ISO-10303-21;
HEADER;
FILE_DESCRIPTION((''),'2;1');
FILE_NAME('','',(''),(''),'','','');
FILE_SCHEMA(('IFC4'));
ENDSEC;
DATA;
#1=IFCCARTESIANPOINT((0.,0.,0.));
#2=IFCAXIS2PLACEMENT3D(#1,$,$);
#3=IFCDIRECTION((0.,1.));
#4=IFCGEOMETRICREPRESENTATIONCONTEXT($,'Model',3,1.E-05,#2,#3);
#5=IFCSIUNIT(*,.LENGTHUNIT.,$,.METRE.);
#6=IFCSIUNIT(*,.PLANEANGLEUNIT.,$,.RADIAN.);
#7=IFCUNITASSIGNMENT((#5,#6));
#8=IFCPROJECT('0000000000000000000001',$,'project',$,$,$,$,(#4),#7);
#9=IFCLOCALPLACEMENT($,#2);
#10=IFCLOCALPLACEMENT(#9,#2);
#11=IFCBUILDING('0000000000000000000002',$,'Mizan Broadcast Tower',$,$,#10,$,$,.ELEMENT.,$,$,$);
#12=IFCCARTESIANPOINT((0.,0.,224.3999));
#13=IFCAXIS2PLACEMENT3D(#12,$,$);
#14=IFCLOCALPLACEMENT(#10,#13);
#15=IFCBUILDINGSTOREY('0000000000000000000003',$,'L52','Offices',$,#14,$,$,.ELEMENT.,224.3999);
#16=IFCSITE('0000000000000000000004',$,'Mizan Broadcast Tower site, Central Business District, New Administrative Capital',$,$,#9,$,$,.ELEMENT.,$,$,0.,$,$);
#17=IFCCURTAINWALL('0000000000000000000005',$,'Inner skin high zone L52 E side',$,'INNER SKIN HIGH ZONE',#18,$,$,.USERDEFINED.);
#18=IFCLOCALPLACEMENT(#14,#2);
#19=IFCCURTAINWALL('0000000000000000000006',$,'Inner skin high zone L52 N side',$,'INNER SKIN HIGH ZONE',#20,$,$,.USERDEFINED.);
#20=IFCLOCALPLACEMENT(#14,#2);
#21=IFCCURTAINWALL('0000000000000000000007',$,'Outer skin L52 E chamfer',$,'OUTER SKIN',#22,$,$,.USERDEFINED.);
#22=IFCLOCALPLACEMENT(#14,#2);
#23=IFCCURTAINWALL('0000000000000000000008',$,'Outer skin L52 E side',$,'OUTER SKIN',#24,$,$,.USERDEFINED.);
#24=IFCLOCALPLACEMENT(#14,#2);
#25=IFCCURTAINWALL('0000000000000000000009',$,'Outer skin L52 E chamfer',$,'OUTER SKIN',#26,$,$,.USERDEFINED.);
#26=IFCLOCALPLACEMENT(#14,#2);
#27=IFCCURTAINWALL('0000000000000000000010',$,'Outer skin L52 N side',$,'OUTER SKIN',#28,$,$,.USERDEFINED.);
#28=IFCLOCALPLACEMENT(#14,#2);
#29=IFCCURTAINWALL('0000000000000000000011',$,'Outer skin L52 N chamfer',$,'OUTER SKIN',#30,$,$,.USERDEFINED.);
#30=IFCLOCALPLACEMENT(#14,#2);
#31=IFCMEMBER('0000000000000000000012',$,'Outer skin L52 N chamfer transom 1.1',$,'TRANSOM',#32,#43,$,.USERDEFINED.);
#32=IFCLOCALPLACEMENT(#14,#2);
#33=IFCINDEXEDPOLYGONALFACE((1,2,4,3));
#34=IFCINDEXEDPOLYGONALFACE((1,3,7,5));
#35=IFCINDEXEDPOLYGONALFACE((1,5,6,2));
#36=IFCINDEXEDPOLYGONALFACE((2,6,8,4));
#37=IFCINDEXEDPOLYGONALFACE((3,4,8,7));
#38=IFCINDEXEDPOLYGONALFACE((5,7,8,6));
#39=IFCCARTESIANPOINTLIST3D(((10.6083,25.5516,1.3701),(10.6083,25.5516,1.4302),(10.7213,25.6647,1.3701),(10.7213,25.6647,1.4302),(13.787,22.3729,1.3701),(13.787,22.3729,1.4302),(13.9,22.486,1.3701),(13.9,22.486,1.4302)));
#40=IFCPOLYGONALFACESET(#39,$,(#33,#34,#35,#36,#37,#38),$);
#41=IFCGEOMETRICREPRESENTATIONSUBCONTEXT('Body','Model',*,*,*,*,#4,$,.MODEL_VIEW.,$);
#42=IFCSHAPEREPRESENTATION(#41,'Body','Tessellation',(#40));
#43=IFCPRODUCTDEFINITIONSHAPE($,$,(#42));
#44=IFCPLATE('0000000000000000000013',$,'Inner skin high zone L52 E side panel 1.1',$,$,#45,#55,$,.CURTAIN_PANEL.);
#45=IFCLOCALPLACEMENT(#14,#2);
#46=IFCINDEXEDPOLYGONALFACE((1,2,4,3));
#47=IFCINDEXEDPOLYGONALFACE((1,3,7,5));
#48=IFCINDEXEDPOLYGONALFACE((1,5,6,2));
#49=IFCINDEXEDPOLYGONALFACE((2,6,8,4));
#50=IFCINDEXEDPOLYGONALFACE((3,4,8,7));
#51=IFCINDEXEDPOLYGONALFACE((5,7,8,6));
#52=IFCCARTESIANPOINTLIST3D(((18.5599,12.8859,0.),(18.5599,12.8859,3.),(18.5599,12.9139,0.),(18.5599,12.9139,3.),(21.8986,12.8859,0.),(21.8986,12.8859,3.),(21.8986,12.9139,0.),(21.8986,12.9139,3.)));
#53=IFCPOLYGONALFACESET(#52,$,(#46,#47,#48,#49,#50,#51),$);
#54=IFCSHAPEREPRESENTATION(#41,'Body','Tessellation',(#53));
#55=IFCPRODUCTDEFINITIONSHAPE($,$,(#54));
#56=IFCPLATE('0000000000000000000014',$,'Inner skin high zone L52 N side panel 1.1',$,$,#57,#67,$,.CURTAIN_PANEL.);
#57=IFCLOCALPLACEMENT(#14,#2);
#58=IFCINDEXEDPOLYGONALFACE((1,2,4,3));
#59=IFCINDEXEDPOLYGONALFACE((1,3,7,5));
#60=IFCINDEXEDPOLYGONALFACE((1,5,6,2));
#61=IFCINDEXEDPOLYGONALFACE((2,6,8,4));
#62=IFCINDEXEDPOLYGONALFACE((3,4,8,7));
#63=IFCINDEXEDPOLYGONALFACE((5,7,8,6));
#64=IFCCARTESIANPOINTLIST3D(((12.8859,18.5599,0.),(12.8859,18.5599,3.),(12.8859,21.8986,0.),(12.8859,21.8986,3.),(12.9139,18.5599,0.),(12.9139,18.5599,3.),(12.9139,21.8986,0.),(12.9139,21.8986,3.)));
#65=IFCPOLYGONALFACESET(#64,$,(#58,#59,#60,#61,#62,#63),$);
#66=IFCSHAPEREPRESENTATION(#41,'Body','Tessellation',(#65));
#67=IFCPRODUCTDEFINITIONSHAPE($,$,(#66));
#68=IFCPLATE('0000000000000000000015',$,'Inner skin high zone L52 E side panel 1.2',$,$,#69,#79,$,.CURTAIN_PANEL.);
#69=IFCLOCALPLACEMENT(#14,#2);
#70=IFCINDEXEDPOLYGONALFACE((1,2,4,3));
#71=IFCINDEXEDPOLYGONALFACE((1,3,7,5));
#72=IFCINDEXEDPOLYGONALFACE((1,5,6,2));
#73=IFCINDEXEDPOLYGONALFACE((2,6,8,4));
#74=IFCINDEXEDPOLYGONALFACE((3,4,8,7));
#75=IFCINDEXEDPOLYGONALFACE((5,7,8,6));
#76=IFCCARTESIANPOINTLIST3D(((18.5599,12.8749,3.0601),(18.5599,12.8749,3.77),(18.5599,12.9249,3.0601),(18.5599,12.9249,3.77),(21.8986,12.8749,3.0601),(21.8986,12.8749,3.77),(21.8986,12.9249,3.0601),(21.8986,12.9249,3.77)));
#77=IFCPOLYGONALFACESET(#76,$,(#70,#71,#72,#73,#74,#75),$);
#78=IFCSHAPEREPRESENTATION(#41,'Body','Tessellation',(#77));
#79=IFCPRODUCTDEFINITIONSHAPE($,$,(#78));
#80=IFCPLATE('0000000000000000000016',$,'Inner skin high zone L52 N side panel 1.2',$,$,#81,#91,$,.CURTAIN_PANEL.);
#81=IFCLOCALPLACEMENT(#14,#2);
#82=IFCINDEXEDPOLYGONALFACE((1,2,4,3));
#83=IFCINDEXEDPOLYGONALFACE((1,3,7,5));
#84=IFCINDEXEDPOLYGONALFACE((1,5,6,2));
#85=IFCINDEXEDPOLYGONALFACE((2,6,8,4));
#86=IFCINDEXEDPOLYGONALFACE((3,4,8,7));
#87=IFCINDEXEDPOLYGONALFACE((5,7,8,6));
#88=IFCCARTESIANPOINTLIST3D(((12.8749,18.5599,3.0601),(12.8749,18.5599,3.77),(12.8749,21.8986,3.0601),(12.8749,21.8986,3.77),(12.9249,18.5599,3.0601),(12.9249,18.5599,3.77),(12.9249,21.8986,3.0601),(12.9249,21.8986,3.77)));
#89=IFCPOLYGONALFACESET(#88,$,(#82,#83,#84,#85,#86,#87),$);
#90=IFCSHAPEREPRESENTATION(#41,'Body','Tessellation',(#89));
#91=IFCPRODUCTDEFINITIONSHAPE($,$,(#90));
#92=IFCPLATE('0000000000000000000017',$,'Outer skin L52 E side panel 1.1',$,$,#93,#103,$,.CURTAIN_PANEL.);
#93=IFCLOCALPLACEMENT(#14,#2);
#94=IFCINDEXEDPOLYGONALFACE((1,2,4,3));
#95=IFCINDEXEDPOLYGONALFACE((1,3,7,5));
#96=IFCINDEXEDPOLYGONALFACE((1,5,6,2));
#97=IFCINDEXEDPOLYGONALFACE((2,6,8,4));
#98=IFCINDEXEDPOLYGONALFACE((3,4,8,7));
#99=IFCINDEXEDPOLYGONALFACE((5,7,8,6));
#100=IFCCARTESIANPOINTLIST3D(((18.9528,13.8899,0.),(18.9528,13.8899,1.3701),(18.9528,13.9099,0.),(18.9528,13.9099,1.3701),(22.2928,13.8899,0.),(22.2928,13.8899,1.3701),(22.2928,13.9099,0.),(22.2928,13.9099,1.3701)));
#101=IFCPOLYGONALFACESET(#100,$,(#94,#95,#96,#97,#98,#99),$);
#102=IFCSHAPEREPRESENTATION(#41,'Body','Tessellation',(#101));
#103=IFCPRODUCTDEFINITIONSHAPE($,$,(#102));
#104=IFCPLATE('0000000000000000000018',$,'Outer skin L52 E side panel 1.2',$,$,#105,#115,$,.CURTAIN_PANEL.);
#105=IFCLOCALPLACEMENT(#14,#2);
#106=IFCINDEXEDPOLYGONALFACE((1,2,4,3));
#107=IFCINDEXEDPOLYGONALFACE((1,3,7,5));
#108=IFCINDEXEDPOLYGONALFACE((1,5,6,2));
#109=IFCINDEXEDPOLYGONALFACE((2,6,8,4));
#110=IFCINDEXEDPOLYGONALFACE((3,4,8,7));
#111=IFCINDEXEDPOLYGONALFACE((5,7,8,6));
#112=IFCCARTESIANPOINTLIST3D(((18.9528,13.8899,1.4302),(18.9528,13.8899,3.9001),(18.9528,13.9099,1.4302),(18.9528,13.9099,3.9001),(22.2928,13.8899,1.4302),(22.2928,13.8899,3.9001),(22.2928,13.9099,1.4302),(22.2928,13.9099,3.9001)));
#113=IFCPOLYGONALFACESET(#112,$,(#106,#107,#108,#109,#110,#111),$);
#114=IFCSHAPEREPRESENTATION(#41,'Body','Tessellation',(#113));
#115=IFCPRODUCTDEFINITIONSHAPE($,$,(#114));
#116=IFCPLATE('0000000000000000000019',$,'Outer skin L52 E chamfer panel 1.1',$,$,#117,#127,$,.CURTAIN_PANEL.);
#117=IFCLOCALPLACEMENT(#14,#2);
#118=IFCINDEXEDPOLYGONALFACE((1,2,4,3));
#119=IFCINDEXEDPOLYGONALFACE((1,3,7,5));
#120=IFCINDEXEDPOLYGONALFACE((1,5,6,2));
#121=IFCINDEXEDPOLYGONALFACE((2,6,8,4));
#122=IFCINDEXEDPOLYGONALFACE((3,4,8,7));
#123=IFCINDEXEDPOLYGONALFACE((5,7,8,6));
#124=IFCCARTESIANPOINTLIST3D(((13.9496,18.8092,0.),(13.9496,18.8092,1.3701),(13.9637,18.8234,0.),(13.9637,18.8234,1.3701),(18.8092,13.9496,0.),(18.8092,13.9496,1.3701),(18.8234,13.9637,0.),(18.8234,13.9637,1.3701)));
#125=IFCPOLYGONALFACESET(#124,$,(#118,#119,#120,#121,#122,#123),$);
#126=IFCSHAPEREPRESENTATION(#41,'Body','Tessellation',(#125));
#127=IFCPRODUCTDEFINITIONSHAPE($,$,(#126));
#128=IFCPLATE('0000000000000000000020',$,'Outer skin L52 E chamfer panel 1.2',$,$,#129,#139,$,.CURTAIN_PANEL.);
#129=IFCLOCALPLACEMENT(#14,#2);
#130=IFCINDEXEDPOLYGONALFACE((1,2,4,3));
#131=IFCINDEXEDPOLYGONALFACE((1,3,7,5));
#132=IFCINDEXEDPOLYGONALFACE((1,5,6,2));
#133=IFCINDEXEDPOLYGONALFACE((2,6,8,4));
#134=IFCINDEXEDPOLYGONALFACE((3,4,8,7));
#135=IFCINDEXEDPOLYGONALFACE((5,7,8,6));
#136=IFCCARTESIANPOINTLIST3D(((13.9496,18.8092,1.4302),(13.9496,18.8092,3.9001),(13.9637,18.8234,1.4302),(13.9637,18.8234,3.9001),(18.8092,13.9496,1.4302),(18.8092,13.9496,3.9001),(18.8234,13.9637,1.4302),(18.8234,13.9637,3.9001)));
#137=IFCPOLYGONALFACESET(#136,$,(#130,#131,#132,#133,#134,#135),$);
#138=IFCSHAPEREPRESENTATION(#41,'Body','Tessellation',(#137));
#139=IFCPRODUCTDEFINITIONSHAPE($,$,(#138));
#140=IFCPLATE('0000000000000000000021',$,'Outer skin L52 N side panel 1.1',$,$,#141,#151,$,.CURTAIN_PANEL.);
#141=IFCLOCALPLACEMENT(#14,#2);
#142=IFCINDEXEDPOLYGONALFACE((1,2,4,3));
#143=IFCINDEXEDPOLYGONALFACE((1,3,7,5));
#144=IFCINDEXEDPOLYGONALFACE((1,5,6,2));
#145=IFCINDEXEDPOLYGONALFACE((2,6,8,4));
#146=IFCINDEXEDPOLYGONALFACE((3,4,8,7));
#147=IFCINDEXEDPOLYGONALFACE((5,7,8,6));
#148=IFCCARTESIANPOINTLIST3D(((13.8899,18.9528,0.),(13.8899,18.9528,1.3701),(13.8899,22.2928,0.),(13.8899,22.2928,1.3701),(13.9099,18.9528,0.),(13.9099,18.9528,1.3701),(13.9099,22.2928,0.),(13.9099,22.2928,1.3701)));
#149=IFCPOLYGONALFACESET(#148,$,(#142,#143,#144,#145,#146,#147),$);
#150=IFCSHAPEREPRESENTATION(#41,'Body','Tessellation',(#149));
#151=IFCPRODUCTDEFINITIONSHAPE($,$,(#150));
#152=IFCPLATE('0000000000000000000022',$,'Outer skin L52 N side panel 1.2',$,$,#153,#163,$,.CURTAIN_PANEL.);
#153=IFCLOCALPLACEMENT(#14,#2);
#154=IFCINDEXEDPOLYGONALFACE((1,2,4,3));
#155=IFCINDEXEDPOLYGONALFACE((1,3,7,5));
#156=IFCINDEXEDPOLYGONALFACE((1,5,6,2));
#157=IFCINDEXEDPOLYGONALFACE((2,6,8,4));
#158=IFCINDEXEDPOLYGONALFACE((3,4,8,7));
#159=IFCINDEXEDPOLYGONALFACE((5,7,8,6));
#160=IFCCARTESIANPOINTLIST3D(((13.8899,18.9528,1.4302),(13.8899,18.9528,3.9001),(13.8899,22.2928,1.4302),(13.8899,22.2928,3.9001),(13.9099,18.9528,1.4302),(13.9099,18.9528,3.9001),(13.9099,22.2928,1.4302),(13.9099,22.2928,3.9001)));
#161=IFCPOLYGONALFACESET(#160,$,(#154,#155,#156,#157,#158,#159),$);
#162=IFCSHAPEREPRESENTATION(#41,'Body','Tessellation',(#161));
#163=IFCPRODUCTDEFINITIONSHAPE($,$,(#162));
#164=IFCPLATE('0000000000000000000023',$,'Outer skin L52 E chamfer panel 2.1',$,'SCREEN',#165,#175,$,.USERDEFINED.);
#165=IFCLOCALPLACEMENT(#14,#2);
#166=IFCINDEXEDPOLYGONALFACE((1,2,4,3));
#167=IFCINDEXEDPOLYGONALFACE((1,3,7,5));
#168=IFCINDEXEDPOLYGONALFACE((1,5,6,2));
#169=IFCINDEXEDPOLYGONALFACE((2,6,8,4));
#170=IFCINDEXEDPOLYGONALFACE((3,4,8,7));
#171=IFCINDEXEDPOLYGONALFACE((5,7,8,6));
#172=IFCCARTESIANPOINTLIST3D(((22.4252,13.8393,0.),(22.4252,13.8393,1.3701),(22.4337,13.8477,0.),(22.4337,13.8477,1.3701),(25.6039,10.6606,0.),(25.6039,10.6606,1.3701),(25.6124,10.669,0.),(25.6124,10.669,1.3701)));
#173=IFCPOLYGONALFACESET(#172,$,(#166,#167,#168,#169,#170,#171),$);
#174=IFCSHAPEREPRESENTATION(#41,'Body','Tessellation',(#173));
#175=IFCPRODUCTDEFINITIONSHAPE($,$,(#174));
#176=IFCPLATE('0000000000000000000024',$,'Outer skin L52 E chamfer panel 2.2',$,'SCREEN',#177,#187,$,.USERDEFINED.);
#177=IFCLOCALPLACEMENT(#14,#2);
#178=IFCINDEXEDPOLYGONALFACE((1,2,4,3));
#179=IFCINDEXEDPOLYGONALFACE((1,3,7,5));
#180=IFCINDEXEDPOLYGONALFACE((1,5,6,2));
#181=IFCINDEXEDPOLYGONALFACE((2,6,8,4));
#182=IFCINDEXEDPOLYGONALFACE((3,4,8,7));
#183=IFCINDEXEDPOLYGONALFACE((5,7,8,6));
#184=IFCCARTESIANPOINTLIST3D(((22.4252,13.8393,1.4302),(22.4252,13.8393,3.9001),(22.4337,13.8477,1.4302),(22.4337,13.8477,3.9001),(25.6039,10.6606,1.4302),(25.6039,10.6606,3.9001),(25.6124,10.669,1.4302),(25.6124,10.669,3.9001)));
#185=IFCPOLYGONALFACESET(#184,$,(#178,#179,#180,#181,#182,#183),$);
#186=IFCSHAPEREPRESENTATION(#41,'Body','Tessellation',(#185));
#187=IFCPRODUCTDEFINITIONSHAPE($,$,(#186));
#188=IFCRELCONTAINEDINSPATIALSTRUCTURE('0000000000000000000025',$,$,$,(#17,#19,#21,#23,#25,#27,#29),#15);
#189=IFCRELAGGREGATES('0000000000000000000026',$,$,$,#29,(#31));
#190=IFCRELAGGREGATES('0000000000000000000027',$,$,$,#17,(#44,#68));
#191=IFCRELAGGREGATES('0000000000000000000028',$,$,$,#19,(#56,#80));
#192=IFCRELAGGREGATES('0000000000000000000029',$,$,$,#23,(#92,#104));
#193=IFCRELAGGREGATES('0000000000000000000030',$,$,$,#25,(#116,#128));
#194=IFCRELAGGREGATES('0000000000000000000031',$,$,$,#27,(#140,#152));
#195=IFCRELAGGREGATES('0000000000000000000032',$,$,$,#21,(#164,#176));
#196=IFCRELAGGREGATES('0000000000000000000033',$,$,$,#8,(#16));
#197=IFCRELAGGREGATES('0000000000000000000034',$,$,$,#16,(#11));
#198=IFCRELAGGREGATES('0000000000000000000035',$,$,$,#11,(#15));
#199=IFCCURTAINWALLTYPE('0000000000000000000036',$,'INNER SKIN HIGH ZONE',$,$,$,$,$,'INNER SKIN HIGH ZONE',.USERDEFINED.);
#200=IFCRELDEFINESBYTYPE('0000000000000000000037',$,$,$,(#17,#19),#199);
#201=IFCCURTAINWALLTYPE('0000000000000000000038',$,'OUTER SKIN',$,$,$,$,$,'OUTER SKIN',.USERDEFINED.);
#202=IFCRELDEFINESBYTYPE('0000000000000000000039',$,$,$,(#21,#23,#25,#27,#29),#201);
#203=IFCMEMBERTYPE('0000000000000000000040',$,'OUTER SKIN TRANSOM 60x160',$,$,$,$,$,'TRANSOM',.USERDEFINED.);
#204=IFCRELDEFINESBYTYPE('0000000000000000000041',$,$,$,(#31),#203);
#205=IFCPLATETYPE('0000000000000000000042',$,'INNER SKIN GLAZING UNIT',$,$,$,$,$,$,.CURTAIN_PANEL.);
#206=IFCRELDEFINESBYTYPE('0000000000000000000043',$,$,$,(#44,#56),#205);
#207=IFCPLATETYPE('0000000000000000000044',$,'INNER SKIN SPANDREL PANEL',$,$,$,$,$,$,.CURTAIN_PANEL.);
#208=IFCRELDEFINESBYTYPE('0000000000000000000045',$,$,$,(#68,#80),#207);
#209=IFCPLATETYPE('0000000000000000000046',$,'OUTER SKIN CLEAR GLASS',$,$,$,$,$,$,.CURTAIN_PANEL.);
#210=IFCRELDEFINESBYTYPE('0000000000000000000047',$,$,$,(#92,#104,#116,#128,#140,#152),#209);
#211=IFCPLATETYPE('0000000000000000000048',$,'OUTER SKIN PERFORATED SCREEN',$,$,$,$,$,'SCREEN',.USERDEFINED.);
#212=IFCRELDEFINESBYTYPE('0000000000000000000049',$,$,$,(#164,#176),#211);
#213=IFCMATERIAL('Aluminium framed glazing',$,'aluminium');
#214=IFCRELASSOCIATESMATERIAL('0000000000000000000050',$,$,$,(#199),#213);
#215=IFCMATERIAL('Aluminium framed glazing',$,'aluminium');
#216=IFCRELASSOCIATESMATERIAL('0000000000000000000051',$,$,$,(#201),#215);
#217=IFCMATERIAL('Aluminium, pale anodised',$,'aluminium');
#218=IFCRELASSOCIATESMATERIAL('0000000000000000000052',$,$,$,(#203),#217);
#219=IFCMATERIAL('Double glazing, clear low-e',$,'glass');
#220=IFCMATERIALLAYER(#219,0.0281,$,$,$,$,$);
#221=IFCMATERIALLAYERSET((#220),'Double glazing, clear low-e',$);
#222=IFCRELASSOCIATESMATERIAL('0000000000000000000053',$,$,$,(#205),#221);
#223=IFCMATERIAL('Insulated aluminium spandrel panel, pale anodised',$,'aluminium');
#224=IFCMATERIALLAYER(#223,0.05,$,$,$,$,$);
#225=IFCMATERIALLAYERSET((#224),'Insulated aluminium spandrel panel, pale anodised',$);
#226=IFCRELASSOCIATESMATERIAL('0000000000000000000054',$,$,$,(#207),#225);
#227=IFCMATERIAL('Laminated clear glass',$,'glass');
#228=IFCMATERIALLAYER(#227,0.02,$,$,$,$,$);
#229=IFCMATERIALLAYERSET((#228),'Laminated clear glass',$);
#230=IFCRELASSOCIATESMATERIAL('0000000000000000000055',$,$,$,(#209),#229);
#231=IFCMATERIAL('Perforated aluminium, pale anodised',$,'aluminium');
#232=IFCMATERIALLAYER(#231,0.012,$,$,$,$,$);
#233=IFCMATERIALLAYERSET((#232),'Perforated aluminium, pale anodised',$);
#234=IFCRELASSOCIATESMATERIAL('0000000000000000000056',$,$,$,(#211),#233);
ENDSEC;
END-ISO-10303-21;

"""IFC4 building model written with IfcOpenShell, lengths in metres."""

from ifc_helpers import new_model, si_unit, direction, frame, origin, origin_2d, place, context, subcontext, project, spatial, rectangle, extrude, material, layer, layer_set, material_profile, profile_set, type_object, element, aggregate, save


model = new_model("IFC4")

# Units and contexts
model_context = context("Model", 3, precision=1e-05, world=origin(), true_north=direction((0.0, 1.0)))
body_context = subcontext(model_context, "Body", "Model", "MODEL_VIEW")
ifc_project = project(units=[si_unit("LENGTHUNIT", "METRE"), si_unit("PLANEANGLEUNIT", "RADIAN")], contexts=[model_context])

# Site, building, storey
site_placement = place(None, origin())
site = spatial("IfcSite", under=ifc_project, at=site_placement, Name="Mizan Broadcast Tower site, Central Business District, New Administrative Capital", CompositionType="ELEMENT", RefElevation=0.0)
building_placement = place(site_placement, origin())
building = spatial("IfcBuilding", under=site, at=building_placement, Name="Mizan Broadcast Tower", CompositionType="ELEMENT")
storey_placement = place(building_placement, frame((0.0, 0.0, 224.3999)))
storey = spatial("IfcBuildingStorey", under=building, at=storey_placement, Name="L52", Description="Offices", CompositionType="ELEMENT", Elevation=224.3999)

# Curtain walls
ifc_material_1 = material(Name="Aluminium framed glazing", Category="aluminium")
curtain_wall_type_1 = type_object("IfcCurtainWallType", Name="INNER SKIN HIGH ZONE", ElementType="INNER SKIN HIGH ZONE", PredefinedType="USERDEFINED", material=ifc_material_1)
curtain_wall_1_placement = place(storey_placement, origin())
curtain_wall_1 = element("IfcCurtainWall", 1, at=curtain_wall_1_placement, inside=storey, type_object=curtain_wall_type_1, Name="Inner skin high zone L52 E side", ObjectType="INNER SKIN HIGH ZONE", PredefinedType="USERDEFINED")
curtain_wall_2_placement = place(storey_placement, origin())
curtain_wall_2 = element("IfcCurtainWall", 2, at=curtain_wall_2_placement, inside=storey, type_object=curtain_wall_type_1, Name="Inner skin high zone L52 N side", ObjectType="INNER SKIN HIGH ZONE", PredefinedType="USERDEFINED")

# Curtain walls
ifc_material_2 = material(Name="Aluminium framed glazing", Category="aluminium")
curtain_wall_type_2 = type_object("IfcCurtainWallType", Name="OUTER SKIN", ElementType="OUTER SKIN", PredefinedType="USERDEFINED", material=ifc_material_2)
curtain_wall_3_placement = place(storey_placement, origin())
curtain_wall_3 = element("IfcCurtainWall", 3, at=curtain_wall_3_placement, inside=storey, type_object=curtain_wall_type_2, Name="Outer skin L52 E chamfer", ObjectType="OUTER SKIN", PredefinedType="USERDEFINED")
curtain_wall_4_placement = place(storey_placement, origin())
curtain_wall_4 = element("IfcCurtainWall", 4, at=curtain_wall_4_placement, inside=storey, type_object=curtain_wall_type_2, Name="Outer skin L52 E side", ObjectType="OUTER SKIN", PredefinedType="USERDEFINED")
curtain_wall_5_placement = place(storey_placement, origin())
curtain_wall_5 = element("IfcCurtainWall", 5, at=curtain_wall_5_placement, inside=storey, type_object=curtain_wall_type_2, Name="Outer skin L52 E chamfer", ObjectType="OUTER SKIN", PredefinedType="USERDEFINED")
curtain_wall_6_placement = place(storey_placement, origin())
curtain_wall_6 = element("IfcCurtainWall", 6, at=curtain_wall_6_placement, inside=storey, type_object=curtain_wall_type_2, Name="Outer skin L52 N side", ObjectType="OUTER SKIN", PredefinedType="USERDEFINED")

# Shared definitions
ifc_material_3 = material(Name="Aluminium, pale anodised", Category="aluminium")
ifc_material_profile_1 = material_profile(ifc_material_3, rectangle(XDim=0.1599, YDim=0.0601, at=origin_2d()), Name="TRANSOM 160x60")
ifc_profile_set_1 = profile_set([ifc_material_profile_1], Name="Aluminium, pale anodised")
member_type_1 = type_object("IfcMemberType", Name="OUTER SKIN TRANSOM 60x160", ElementType="TRANSOM", PredefinedType="USERDEFINED", material=ifc_profile_set_1)

# Curtain wall, member
curtain_wall_7_placement = place(storey_placement, origin())
curtain_wall_7 = element("IfcCurtainWall", 7, at=curtain_wall_7_placement, inside=storey, type_object=curtain_wall_type_2, Name="Outer skin L52 N chamfer", ObjectType="OUTER SKIN", PredefinedType="USERDEFINED")
member_1_placement = place(storey_placement, frame((13.8435, 22.4294, 1.4001), z_axis=(-0.707107, 0.707107, 0.0), x_axis=(-0.707107, -0.707107, 0.0)))
member_1 = element("IfcMember", 8, at=member_1_placement, type_object=member_type_1, Name="Outer skin L52 N chamfer transom 1.1", ObjectType="TRANSOM", PredefinedType="USERDEFINED", context=body_context, shape_type="SweptSolid", body=[
    extrude(rectangle(XDim=0.1599, YDim=0.0601, at=origin_2d()), origin(), (0.0, 0.0, 1.0), 4.4954),
])
aggregate(curtain_wall_7, [member_1])

# Plates
ifc_material_4 = material(Name="Double glazing, clear low-e", Category="glass")
ifc_layer_1 = layer(ifc_material_4, 0.0281)
ifc_layer_set_1 = layer_set([ifc_layer_1], Name="Double glazing, clear low-e")
plate_type_1 = type_object("IfcPlateType", Name="INNER SKIN GLAZING UNIT", PredefinedType="CURTAIN_PANEL", material=ifc_layer_set_1)
plate_1_placement = place(storey_placement, frame((20.2292, 12.8999, 0.0), z_axis=(0.0, 0.0, 1.0), x_axis=(-1.0, 0.0, 0.0)))
plate_1 = element("IfcPlate", 9, at=plate_1_placement, type_object=plate_type_1, Name="Inner skin high zone L52 E side panel 1.1", PredefinedType="CURTAIN_PANEL", context=body_context, shape_type="SweptSolid", body=[
    extrude(rectangle(XDim=3.3386, YDim=0.0281, at=origin_2d()), origin(), (0.0, 0.0, 1.0), 3.0),
])
plate_2_placement = place(storey_placement, frame((12.8999, 20.2292, 0.0), z_axis=(0.0, 0.0, 1.0), x_axis=(0.0, 1.0, 0.0)))
plate_2 = element("IfcPlate", 10, at=plate_2_placement, type_object=plate_type_1, Name="Inner skin high zone L52 N side panel 1.1", PredefinedType="CURTAIN_PANEL", context=body_context, shape_type="SweptSolid", body=[
    extrude(rectangle(XDim=3.3386, YDim=0.0281, at=origin_2d()), origin(), (0.0, 0.0, 1.0), 3.0),
])
ifc_material_5 = material(Name="Insulated aluminium spandrel panel, pale anodised", Category="aluminium")
ifc_layer_2 = layer(ifc_material_5, 0.05)
ifc_layer_set_2 = layer_set([ifc_layer_2], Name="Insulated aluminium spandrel panel, pale anodised")
plate_type_2 = type_object("IfcPlateType", Name="INNER SKIN SPANDREL PANEL", PredefinedType="CURTAIN_PANEL", material=ifc_layer_set_2)
plate_3_placement = place(storey_placement, frame((20.2292, 12.8999, 3.0601), z_axis=(0.0, 0.0, 1.0), x_axis=(-1.0, 0.0, 0.0)))
plate_3 = element("IfcPlate", 11, at=plate_3_placement, type_object=plate_type_2, Name="Inner skin high zone L52 E side panel 1.2", PredefinedType="CURTAIN_PANEL", context=body_context, shape_type="SweptSolid", body=[
    extrude(rectangle(XDim=3.3386, YDim=0.05, at=origin_2d()), origin(), (0.0, 0.0, 1.0), 0.71),
])
aggregate(curtain_wall_1, [plate_1, plate_3])
plate_4_placement = place(storey_placement, frame((12.8999, 20.2292, 3.0601), z_axis=(0.0, 0.0, 1.0), x_axis=(0.0, 1.0, 0.0)))
plate_4 = element("IfcPlate", 12, at=plate_4_placement, type_object=plate_type_2, Name="Inner skin high zone L52 N side panel 1.2", PredefinedType="CURTAIN_PANEL", context=body_context, shape_type="SweptSolid", body=[
    extrude(rectangle(XDim=3.3386, YDim=0.05, at=origin_2d()), origin(), (0.0, 0.0, 1.0), 0.71),
])
aggregate(curtain_wall_2, [plate_2, plate_4])
ifc_material_6 = material(Name="Laminated clear glass", Category="glass")
ifc_layer_3 = layer(ifc_material_6, 0.02)
ifc_layer_set_3 = layer_set([ifc_layer_3], Name="Laminated clear glass")
plate_type_3 = type_object("IfcPlateType", Name="OUTER SKIN CLEAR GLASS", PredefinedType="CURTAIN_PANEL", material=ifc_layer_set_3)
plate_5_placement = place(storey_placement, frame((20.6228, 13.8999, 0.0), z_axis=(0.0, 0.0, 1.0), x_axis=(-1.0, 0.0, 0.0)))
plate_5 = element("IfcPlate", 13, at=plate_5_placement, type_object=plate_type_3, Name="Outer skin L52 E side panel 1.1", PredefinedType="CURTAIN_PANEL", context=body_context, shape_type="SweptSolid", body=[
    extrude(rectangle(XDim=3.3401, YDim=0.02, at=origin_2d()), origin(), (0.0, 0.0, 1.0), 1.3701),
])
plate_6_placement = place(storey_placement, frame((20.6228, 13.8999, 1.4302), z_axis=(0.0, 0.0, 1.0), x_axis=(-1.0, 0.0, 0.0)))
plate_6 = element("IfcPlate", 14, at=plate_6_placement, type_object=plate_type_3, Name="Outer skin L52 E side panel 1.2", PredefinedType="CURTAIN_PANEL", context=body_context, shape_type="SweptSolid", body=[
    extrude(rectangle(XDim=3.3401, YDim=0.02, at=origin_2d()), origin(), (0.0, 0.0, 1.0), 2.47),
])
aggregate(curtain_wall_4, [plate_5, plate_6])
plate_7_placement = place(storey_placement, frame((16.3865, 16.3865, 0.0), z_axis=(0.0, 0.0, 1.0), x_axis=(-0.707107, 0.707107, 0.0)))
plate_7 = element("IfcPlate", 15, at=plate_7_placement, type_object=plate_type_3, Name="Outer skin L52 E chamfer panel 1.1", PredefinedType="CURTAIN_PANEL", context=body_context, shape_type="SweptSolid", body=[
    extrude(rectangle(XDim=6.8726, YDim=0.02, at=origin_2d()), origin(), (0.0, 0.0, 1.0), 1.3701),
])
plate_8_placement = place(storey_placement, frame((16.3865, 16.3865, 1.4302), z_axis=(0.0, 0.0, 1.0), x_axis=(-0.707107, 0.707107, 0.0)))
plate_8 = element("IfcPlate", 16, at=plate_8_placement, type_object=plate_type_3, Name="Outer skin L52 E chamfer panel 1.2", PredefinedType="CURTAIN_PANEL", context=body_context, shape_type="SweptSolid", body=[
    extrude(rectangle(XDim=6.8726, YDim=0.02, at=origin_2d()), origin(), (0.0, 0.0, 1.0), 2.47),
])
aggregate(curtain_wall_5, [plate_7, plate_8])
plate_9_placement = place(storey_placement, frame((13.8999, 20.6228, 0.0), z_axis=(0.0, 0.0, 1.0), x_axis=(0.0, 1.0, 0.0)))
plate_9 = element("IfcPlate", 17, at=plate_9_placement, type_object=plate_type_3, Name="Outer skin L52 N side panel 1.1", PredefinedType="CURTAIN_PANEL", context=body_context, shape_type="SweptSolid", body=[
    extrude(rectangle(XDim=3.3401, YDim=0.02, at=origin_2d()), origin(), (0.0, 0.0, 1.0), 1.3701),
])
plate_10_placement = place(storey_placement, frame((13.8999, 20.6228, 1.4302), z_axis=(0.0, 0.0, 1.0), x_axis=(0.0, 1.0, 0.0)))
plate_10 = element("IfcPlate", 18, at=plate_10_placement, type_object=plate_type_3, Name="Outer skin L52 N side panel 1.2", PredefinedType="CURTAIN_PANEL", context=body_context, shape_type="SweptSolid", body=[
    extrude(rectangle(XDim=3.3401, YDim=0.02, at=origin_2d()), origin(), (0.0, 0.0, 1.0), 2.47),
])
aggregate(curtain_wall_6, [plate_9, plate_10])
ifc_material_7 = material(Name="Perforated aluminium, pale anodised", Category="aluminium")
ifc_layer_4 = layer(ifc_material_7, 0.012)
ifc_layer_set_4 = layer_set([ifc_layer_4], Name="Perforated aluminium, pale anodised")
plate_type_4 = type_object("IfcPlateType", Name="OUTER SKIN PERFORATED SCREEN", ElementType="SCREEN", PredefinedType="USERDEFINED", material=ifc_layer_set_4)
plate_11_placement = place(storey_placement, frame((24.0188, 12.2542, 0.0), z_axis=(0.0, 0.0, 1.0), x_axis=(-0.707107, 0.707107, 0.0)))
plate_11 = element("IfcPlate", 19, at=plate_11_placement, type_object=plate_type_4, Name="Outer skin L52 E chamfer panel 2.1", ObjectType="SCREEN", PredefinedType="USERDEFINED", context=body_context, shape_type="SweptSolid", body=[
    extrude(rectangle(XDim=4.4954, YDim=0.012, at=origin_2d()), origin(), (0.0, 0.0, 1.0), 1.3701),
])
plate_12_placement = place(storey_placement, frame((24.0188, 12.2542, 1.4302), z_axis=(0.0, 0.0, 1.0), x_axis=(-0.707107, 0.707107, 0.0)))
plate_12 = element("IfcPlate", 20, at=plate_12_placement, type_object=plate_type_4, Name="Outer skin L52 E chamfer panel 2.2", ObjectType="SCREEN", PredefinedType="USERDEFINED", context=body_context, shape_type="SweptSolid", body=[
    extrude(rectangle(XDim=4.4954, YDim=0.012, at=origin_2d()), origin(), (0.0, 0.0, 1.0), 2.47),
])
aggregate(curtain_wall_3, [plate_11, plate_12])

save(model, "model.ifc")
